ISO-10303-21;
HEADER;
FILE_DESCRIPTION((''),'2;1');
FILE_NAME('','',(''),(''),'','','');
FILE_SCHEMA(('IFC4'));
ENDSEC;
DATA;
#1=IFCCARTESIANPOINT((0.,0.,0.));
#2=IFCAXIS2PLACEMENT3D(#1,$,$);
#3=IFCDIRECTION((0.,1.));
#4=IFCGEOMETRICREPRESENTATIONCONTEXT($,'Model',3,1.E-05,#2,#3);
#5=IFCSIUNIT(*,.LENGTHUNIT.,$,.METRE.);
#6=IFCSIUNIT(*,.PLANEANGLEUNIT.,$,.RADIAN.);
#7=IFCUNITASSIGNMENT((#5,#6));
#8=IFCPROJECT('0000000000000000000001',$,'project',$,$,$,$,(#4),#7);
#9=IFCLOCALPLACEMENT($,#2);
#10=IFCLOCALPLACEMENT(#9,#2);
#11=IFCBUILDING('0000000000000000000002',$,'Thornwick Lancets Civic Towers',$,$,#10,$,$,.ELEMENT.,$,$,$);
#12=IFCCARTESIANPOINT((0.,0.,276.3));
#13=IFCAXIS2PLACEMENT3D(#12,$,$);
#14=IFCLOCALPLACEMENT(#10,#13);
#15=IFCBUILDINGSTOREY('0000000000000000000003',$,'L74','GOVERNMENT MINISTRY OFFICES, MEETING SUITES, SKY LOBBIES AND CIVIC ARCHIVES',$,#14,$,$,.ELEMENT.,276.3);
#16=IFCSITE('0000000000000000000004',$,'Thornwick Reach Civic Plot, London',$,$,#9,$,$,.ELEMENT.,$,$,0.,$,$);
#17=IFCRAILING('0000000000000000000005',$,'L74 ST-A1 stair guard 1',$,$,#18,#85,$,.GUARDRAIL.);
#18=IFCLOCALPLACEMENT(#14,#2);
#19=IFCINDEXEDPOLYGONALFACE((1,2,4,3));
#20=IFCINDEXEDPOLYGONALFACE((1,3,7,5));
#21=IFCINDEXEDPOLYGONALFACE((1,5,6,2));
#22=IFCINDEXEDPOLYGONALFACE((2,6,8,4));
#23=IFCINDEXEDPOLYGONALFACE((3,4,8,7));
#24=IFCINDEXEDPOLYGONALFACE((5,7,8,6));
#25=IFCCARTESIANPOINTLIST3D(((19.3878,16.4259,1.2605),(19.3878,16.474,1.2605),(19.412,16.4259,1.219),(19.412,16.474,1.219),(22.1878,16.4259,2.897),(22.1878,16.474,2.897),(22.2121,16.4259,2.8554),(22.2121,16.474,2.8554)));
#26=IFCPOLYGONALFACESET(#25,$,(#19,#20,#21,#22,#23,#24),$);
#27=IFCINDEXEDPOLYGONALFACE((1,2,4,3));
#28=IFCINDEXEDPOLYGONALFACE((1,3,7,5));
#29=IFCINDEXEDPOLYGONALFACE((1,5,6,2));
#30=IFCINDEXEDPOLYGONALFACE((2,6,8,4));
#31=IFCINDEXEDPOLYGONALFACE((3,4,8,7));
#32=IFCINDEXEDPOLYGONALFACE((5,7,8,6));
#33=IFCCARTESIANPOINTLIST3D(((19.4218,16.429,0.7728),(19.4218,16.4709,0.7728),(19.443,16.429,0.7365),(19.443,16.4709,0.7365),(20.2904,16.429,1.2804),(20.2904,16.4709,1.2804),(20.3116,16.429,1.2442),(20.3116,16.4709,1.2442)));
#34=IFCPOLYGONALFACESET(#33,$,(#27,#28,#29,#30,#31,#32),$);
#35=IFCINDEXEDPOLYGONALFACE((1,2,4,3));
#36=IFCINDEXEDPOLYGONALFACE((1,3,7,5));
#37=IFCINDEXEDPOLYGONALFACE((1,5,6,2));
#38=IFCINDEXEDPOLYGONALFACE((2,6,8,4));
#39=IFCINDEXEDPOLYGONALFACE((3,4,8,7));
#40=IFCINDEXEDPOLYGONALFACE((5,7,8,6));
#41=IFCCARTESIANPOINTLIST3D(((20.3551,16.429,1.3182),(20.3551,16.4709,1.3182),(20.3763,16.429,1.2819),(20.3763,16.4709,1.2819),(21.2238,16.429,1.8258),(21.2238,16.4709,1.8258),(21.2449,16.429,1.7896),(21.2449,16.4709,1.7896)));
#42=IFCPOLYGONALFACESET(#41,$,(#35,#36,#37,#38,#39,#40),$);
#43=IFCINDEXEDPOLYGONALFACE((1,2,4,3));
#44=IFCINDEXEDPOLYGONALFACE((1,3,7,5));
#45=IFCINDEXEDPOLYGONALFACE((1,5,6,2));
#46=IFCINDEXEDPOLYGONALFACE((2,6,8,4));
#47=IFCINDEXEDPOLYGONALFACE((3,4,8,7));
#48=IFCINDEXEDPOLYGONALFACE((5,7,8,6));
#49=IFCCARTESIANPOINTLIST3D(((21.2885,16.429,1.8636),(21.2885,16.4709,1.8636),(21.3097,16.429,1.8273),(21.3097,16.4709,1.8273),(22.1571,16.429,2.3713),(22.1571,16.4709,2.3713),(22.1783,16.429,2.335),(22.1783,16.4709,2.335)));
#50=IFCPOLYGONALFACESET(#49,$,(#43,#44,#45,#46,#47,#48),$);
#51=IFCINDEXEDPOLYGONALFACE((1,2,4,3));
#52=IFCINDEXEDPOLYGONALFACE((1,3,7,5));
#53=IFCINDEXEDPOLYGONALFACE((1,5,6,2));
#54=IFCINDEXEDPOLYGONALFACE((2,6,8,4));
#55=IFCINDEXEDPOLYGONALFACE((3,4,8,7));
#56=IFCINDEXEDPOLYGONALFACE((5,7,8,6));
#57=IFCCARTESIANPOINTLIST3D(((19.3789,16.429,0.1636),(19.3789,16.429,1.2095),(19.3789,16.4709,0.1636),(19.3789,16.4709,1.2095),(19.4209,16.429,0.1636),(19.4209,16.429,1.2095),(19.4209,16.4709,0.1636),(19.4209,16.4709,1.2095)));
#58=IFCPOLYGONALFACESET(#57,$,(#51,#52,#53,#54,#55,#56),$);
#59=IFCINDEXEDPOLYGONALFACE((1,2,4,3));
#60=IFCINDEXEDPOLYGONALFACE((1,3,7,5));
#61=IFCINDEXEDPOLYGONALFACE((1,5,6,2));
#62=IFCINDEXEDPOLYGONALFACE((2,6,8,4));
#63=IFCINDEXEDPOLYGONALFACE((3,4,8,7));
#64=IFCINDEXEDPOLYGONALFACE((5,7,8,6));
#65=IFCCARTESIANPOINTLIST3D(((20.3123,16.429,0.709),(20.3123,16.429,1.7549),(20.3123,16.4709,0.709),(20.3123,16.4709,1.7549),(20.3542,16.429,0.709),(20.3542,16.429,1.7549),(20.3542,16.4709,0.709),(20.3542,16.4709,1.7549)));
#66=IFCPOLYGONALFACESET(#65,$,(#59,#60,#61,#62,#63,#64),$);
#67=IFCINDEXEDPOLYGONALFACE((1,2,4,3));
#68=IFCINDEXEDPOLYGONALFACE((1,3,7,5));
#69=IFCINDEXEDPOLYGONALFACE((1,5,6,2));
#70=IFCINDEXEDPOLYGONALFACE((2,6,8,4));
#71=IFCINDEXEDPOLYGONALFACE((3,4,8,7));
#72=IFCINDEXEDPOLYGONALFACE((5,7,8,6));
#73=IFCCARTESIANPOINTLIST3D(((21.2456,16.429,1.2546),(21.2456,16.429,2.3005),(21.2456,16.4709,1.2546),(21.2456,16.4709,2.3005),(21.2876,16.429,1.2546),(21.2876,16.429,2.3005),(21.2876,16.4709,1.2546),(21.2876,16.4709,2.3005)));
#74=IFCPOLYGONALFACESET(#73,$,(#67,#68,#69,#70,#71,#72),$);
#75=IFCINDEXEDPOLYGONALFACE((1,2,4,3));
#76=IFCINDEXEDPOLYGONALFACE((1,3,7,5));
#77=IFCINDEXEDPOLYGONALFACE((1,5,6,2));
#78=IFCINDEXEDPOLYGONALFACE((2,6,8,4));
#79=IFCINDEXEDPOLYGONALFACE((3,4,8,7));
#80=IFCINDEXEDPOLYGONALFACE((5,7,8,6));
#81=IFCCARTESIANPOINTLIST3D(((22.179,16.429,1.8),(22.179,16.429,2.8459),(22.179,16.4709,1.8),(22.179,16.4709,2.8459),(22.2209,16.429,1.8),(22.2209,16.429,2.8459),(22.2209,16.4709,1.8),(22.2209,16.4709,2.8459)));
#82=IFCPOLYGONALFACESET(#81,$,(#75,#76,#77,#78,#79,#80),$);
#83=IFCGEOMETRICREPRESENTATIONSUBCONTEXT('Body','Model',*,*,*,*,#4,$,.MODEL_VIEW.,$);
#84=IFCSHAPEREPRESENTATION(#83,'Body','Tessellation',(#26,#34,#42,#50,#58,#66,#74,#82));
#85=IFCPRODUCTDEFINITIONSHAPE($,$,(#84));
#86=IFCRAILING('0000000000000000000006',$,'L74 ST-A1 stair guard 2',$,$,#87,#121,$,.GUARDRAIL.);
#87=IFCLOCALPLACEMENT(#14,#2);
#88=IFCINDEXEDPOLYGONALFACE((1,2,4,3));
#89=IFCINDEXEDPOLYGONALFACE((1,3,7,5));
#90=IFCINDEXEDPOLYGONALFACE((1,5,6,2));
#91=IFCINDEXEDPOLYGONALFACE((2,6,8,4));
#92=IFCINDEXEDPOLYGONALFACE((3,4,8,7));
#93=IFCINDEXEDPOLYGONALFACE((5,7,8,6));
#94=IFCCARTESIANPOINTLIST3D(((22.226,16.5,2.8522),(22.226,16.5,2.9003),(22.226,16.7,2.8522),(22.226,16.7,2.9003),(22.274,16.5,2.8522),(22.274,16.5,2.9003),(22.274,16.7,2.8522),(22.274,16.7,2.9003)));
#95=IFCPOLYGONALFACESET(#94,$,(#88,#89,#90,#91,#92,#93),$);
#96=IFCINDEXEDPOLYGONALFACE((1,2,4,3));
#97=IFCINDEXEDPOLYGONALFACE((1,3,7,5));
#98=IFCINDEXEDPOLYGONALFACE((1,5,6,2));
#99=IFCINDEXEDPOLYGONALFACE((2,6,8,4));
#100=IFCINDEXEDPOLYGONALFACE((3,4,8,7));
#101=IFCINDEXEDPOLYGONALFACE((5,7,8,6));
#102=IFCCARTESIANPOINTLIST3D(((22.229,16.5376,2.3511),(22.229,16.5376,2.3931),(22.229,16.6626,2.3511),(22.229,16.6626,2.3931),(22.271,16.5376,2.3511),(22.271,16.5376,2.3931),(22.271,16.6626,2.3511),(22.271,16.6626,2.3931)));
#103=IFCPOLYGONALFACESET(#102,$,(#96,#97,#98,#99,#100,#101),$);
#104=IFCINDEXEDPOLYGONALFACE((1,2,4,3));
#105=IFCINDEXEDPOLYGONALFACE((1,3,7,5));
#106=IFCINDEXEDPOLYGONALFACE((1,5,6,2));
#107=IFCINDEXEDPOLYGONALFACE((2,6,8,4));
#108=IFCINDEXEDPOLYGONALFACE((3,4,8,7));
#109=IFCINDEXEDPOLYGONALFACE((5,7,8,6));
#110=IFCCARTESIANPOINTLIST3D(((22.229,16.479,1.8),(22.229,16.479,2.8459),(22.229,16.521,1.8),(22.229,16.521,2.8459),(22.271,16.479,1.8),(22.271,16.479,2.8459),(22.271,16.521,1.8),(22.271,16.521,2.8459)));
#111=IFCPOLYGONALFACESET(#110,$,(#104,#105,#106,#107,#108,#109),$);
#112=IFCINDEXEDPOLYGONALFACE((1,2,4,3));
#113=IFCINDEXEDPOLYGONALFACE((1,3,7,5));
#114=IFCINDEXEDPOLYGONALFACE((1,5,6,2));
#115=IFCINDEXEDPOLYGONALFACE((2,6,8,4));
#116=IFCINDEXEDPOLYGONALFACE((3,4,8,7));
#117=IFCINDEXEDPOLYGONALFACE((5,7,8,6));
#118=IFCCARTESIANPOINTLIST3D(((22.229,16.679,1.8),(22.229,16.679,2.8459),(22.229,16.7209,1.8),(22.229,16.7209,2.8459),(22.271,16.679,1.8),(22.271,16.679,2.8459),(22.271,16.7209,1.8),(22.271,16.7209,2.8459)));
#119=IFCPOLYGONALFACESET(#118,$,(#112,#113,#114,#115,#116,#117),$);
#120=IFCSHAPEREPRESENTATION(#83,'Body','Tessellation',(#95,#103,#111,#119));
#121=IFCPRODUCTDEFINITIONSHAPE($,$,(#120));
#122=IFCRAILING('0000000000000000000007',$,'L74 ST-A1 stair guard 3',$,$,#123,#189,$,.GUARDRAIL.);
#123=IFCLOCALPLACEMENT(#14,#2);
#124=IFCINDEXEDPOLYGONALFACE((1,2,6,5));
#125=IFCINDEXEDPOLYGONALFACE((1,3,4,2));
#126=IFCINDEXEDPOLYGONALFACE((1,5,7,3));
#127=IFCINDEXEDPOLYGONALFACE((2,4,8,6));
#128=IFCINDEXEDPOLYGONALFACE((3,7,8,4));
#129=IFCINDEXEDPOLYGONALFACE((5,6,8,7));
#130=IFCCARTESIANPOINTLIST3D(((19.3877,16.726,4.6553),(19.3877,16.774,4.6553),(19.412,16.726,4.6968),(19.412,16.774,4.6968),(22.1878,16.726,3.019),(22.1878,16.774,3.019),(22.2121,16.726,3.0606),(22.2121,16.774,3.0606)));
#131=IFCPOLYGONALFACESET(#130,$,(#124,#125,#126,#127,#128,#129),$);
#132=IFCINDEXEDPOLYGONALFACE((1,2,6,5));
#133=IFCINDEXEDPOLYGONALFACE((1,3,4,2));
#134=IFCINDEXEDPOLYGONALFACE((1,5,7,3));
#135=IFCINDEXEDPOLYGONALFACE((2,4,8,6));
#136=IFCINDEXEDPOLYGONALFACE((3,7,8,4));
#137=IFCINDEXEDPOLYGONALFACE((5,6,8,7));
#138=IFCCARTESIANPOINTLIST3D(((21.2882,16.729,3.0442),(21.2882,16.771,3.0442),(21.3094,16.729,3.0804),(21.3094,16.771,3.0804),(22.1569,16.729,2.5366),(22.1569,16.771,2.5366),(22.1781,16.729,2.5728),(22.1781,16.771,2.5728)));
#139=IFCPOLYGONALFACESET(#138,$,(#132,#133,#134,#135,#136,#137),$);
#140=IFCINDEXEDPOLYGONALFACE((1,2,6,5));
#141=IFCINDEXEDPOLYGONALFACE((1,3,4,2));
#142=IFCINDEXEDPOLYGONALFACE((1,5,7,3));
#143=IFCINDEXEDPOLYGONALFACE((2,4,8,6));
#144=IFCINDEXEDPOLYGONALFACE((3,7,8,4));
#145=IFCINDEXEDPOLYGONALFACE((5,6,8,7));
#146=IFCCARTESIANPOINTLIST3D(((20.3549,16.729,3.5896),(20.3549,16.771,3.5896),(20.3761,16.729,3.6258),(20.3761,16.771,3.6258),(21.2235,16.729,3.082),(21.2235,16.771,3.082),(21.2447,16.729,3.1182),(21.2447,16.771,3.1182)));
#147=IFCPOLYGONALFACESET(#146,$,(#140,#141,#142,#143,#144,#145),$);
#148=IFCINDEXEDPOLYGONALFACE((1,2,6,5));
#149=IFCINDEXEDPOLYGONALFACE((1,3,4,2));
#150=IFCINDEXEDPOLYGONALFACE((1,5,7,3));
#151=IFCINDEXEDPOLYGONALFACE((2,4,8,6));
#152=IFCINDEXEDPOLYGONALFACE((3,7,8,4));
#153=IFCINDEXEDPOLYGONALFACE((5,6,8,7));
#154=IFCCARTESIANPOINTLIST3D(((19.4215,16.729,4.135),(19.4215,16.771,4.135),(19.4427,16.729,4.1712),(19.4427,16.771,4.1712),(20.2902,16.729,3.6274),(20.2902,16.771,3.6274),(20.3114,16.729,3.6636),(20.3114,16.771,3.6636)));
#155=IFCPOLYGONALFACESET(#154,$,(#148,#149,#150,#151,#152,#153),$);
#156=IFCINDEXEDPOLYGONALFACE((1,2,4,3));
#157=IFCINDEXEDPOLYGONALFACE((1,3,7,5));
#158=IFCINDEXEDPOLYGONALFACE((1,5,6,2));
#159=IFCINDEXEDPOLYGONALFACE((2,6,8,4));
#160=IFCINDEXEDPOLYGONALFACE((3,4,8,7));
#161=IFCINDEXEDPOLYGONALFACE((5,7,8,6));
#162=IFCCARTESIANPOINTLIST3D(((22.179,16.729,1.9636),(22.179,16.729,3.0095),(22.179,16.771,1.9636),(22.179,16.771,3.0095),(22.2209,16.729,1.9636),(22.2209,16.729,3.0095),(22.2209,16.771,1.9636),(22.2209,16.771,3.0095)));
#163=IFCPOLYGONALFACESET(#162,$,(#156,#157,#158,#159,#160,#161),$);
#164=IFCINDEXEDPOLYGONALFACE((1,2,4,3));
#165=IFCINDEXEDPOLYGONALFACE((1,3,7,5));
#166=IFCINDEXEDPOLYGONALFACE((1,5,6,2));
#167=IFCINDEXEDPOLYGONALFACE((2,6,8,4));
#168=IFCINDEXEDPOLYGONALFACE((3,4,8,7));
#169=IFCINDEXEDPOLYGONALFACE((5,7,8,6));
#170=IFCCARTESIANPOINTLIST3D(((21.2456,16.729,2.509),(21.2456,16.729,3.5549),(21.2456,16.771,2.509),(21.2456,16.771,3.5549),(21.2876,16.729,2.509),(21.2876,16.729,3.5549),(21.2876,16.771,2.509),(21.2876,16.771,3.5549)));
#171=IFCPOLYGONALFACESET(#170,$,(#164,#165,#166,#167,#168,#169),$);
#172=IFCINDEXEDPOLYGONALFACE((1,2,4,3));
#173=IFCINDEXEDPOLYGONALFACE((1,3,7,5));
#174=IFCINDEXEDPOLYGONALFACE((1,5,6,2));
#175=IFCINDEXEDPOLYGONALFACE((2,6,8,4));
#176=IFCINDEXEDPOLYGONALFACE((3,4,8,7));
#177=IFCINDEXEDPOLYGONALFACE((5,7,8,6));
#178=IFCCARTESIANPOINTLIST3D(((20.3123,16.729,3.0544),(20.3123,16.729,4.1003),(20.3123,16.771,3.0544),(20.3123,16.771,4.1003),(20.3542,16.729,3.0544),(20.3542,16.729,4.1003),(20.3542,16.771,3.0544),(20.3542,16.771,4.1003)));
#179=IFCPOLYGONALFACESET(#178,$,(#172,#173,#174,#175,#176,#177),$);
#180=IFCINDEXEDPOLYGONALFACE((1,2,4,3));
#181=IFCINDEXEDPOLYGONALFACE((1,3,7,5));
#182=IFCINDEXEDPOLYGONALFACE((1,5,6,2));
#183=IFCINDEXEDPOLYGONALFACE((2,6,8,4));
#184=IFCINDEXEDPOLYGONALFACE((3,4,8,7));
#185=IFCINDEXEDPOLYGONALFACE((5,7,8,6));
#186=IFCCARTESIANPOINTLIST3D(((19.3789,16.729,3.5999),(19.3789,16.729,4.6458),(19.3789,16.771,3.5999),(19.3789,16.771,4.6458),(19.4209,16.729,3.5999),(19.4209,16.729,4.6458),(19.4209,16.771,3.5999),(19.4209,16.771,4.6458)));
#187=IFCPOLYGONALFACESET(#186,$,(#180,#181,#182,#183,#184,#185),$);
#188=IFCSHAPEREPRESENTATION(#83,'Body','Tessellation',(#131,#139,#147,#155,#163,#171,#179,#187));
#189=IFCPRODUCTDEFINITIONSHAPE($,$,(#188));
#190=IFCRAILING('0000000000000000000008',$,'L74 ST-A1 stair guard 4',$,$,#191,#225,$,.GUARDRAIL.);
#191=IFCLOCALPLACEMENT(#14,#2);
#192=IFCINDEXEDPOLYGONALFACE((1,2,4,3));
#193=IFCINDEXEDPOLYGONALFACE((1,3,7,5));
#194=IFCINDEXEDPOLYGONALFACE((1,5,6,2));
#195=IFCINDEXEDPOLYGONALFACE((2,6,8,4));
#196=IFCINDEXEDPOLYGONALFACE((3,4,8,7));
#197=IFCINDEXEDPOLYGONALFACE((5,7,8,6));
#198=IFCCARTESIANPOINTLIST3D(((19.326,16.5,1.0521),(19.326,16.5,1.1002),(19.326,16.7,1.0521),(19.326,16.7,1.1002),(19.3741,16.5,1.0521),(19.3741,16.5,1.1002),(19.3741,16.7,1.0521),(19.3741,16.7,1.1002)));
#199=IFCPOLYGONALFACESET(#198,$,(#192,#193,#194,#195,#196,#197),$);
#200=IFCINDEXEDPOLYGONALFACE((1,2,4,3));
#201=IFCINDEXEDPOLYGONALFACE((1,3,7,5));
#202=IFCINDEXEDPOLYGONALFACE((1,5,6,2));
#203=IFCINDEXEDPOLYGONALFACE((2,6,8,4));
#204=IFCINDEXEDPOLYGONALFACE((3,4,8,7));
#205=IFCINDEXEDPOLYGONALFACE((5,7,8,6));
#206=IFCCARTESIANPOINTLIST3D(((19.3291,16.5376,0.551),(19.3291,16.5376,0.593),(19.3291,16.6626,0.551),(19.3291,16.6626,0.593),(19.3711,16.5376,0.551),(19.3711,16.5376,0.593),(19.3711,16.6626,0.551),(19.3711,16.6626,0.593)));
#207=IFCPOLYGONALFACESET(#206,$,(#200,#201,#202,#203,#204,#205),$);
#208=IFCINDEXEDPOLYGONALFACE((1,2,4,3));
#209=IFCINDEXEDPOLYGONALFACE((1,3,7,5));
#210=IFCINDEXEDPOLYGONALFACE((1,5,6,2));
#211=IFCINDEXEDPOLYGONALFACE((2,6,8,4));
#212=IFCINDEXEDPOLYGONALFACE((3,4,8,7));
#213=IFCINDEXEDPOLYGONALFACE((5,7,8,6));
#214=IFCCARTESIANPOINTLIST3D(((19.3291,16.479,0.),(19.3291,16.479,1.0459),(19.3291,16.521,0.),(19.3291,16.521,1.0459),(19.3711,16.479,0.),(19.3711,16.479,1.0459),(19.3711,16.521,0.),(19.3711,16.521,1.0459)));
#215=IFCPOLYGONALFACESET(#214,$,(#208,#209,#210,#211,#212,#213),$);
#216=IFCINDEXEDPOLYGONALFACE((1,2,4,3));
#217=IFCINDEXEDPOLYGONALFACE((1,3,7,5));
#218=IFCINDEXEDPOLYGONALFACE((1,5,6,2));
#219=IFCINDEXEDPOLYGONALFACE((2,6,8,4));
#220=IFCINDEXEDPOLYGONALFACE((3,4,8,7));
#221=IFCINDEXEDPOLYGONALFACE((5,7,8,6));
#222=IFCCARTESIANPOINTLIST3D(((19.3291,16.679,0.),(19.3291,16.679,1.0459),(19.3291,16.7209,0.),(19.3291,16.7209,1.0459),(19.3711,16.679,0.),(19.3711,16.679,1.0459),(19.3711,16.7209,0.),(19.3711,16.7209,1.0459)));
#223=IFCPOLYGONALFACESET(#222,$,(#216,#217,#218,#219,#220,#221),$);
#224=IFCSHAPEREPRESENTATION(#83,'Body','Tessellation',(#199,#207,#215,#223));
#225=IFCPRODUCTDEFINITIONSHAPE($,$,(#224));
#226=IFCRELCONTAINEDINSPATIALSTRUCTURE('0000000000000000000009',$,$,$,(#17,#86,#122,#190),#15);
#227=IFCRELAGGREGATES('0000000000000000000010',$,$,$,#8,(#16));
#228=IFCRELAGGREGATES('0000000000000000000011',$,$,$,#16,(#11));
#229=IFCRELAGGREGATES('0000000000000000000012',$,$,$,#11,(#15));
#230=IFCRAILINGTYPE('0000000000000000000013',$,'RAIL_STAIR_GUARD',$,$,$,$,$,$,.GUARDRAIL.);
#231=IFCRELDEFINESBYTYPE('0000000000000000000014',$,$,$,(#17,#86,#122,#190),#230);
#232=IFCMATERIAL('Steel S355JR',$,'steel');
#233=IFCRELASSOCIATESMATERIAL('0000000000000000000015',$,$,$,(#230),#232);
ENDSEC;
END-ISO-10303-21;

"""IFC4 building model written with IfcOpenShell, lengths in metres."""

from ifc_helpers import new_model, si_unit, direction, frame, origin, origin_2d, place, context, subcontext, project, spatial, rectangle, extrude, material, type_object, element, save


model = new_model("IFC4")

# Units and contexts
model_context = context("Model", 3, precision=1e-05, world=origin(), true_north=direction((0.0, 1.0)))
body_context = subcontext(model_context, "Body", "Model", "MODEL_VIEW")
ifc_project = project(units=[si_unit("LENGTHUNIT", "METRE"), si_unit("PLANEANGLEUNIT", "RADIAN")], contexts=[model_context])

# Site, building, storey
site_placement = place(None, origin())
site = spatial("IfcSite", under=ifc_project, at=site_placement, Name="Thornwick Reach Civic Plot, London", CompositionType="ELEMENT", RefElevation=0.0)
building_placement = place(site_placement, origin())
building = spatial("IfcBuilding", under=site, at=building_placement, Name="Thornwick Lancets Civic Towers", CompositionType="ELEMENT")
storey_placement = place(building_placement, frame((0.0, 0.0, 276.3)))
storey = spatial("IfcBuildingStorey", under=building, at=storey_placement, Name="L74", Description="GOVERNMENT MINISTRY OFFICES, MEETING SUITES, SKY LOBBIES AND CIVIC ARCHIVES", CompositionType="ELEMENT", Elevation=276.3)

# Shared definitions
ifc_material_1 = material(Name="Steel S355JR", Category="steel")

# Railings
railing_type_1 = type_object("IfcRailingType", Name="RAIL_STAIR_GUARD", PredefinedType="GUARDRAIL", material=ifc_material_1)
railing_1_placement = place(storey_placement, frame((19.3999, 16.45, 0.1636)))
element("IfcRailing", 1, at=railing_1_placement, inside=storey, type_object=railing_type_1, Name="L74 ST-A1 stair guard 1", PredefinedType="GUARDRAIL", context=body_context, shape_type="SweptSolid", body=[
    extrude(rectangle(XDim=0.0481, YDim=0.0481, at=origin_2d()), frame((0.0, 0.0, 1.0762), z_axis=(0.863361, 0.0, 0.504587), x_axis=(0.0, 1.0, 0.0)), (0.0, 0.0, 1.0), 3.2432),
    extrude(rectangle(XDim=0.042, YDim=0.042, at=origin_2d()), frame((0.0325, 0.0, 0.5911), z_axis=(0.863361, 0.0, 0.504587), x_axis=(0.0, 1.0, 0.0)), (0.0, 0.0, 1.0), 1.0061),
    extrude(rectangle(XDim=0.042, YDim=0.042, at=origin_2d()), frame((0.9658, 0.0, 1.1365), z_axis=(0.863361, 0.0, 0.504587), x_axis=(0.0, 1.0, 0.0)), (0.0, 0.0, 1.0), 1.0061),
    extrude(rectangle(XDim=0.042, YDim=0.042, at=origin_2d()), frame((1.8992, 0.0, 1.6819), z_axis=(0.863361, 0.0, 0.504587), x_axis=(0.0, 1.0, 0.0)), (0.0, 0.0, 1.0), 1.0061),
    extrude(rectangle(XDim=0.042, YDim=0.042, at=origin_2d()), origin(), (0.0, 0.0, 1.0), 1.0459),
    extrude(rectangle(XDim=0.042, YDim=0.042, at=origin_2d()), frame((0.9333, 0.0, 0.5454)), (0.0, 0.0, 1.0), 1.0459),
    extrude(rectangle(XDim=0.042, YDim=0.042, at=origin_2d()), frame((1.8667, 0.0, 1.0911)), (0.0, 0.0, 1.0), 1.0459),
    extrude(rectangle(XDim=0.042, YDim=0.042, at=origin_2d()), frame((2.8, 0.0, 1.6365)), (0.0, 0.0, 1.0), 1.0459),
])
railing_2_placement = place(storey_placement, frame((22.25, 16.5, 1.8)))
element("IfcRailing", 2, at=railing_2_placement, inside=storey, type_object=railing_type_1, Name="L74 ST-A1 stair guard 2", PredefinedType="GUARDRAIL", context=body_context, shape_type="SweptSolid", body=[
    extrude(rectangle(XDim=0.0481, YDim=0.0481, at=origin_2d()), frame((0.0, 0.0, 1.0762), z_axis=(0.0, 1.0, 0.0), x_axis=(-1.0, 0.0, 0.0)), (0.0, 0.0, 1.0), 0.2),
    extrude(rectangle(XDim=0.042, YDim=0.042, at=origin_2d()), frame((0.0, 0.0376, 0.572), z_axis=(0.0, 1.0, 0.0), x_axis=(-1.0, 0.0, 0.0)), (0.0, 0.0, 1.0), 0.125),
    extrude(rectangle(XDim=0.042, YDim=0.042, at=origin_2d()), origin(), (0.0, 0.0, 1.0), 1.0459),
    extrude(rectangle(XDim=0.042, YDim=0.042, at=origin_2d()), frame((0.0, 0.2, 0.0)), (0.0, 0.0, 1.0), 1.0459),
])
railing_3_placement = place(storey_placement, frame((22.2, 16.75, 1.9636)))
element("IfcRailing", 3, at=railing_3_placement, inside=storey, type_object=railing_type_1, Name="L74 ST-A1 stair guard 3", PredefinedType="GUARDRAIL", context=body_context, shape_type="SweptSolid", body=[
    extrude(rectangle(XDim=0.0481, YDim=0.0481, at=origin_2d()), frame((0.0, 0.0, 1.0762), z_axis=(-0.863394, 0.0, 0.504531), x_axis=(0.0, -1.0, 0.0)), (0.0, 0.0, 1.0), 3.2432),
    extrude(rectangle(XDim=0.042, YDim=0.042, at=origin_2d()), frame((-0.0325, 0.0, 0.5911), z_axis=(-0.863394, 0.0, 0.504531), x_axis=(0.0, -1.0, 0.0)), (0.0, 0.0, 1.0), 1.0061),
    extrude(rectangle(XDim=0.042, YDim=0.042, at=origin_2d()), frame((-0.9658, 0.0, 1.1365), z_axis=(-0.863394, 0.0, 0.504531), x_axis=(0.0, -1.0, 0.0)), (0.0, 0.0, 1.0), 1.0061),
    extrude(rectangle(XDim=0.042, YDim=0.042, at=origin_2d()), frame((-1.8992, 0.0, 1.6819), z_axis=(-0.863394, 0.0, 0.504531), x_axis=(0.0, -1.0, 0.0)), (0.0, 0.0, 1.0), 1.0061),
    extrude(rectangle(XDim=0.042, YDim=0.042, at=origin_2d()), origin(), (0.0, 0.0, 1.0), 1.0459),
    extrude(rectangle(XDim=0.042, YDim=0.042, at=origin_2d()), frame((-0.9333, 0.0, 0.5454)), (0.0, 0.0, 1.0), 1.0459),
    extrude(rectangle(XDim=0.042, YDim=0.042, at=origin_2d()), frame((-1.8667, 0.0, 1.0908)), (0.0, 0.0, 1.0), 1.0459),
    extrude(rectangle(XDim=0.042, YDim=0.042, at=origin_2d()), frame((-2.8, 0.0, 1.6362)), (0.0, 0.0, 1.0), 1.0459),
])
railing_4_placement = place(storey_placement, frame((19.3501, 16.5, 0.0)))
element("IfcRailing", 4, at=railing_4_placement, inside=storey, type_object=railing_type_1, Name="L74 ST-A1 stair guard 4", PredefinedType="GUARDRAIL", context=body_context, shape_type="SweptSolid", body=[
    extrude(rectangle(XDim=0.0481, YDim=0.0481, at=origin_2d()), frame((0.0, 0.0, 1.0762), z_axis=(0.0, 1.0, 0.0), x_axis=(-1.0, 0.0, 0.0)), (0.0, 0.0, 1.0), 0.2),
    extrude(rectangle(XDim=0.042, YDim=0.042, at=origin_2d()), frame((0.0, 0.0376, 0.572), z_axis=(0.0, 1.0, 0.0), x_axis=(-1.0, 0.0, 0.0)), (0.0, 0.0, 1.0), 0.125),
    extrude(rectangle(XDim=0.042, YDim=0.042, at=origin_2d()), origin(), (0.0, 0.0, 1.0), 1.0459),
    extrude(rectangle(XDim=0.042, YDim=0.042, at=origin_2d()), frame((0.0, 0.2, 0.0)), (0.0, 0.0, 1.0), 1.0459),
])

save(model, "model.ifc")
